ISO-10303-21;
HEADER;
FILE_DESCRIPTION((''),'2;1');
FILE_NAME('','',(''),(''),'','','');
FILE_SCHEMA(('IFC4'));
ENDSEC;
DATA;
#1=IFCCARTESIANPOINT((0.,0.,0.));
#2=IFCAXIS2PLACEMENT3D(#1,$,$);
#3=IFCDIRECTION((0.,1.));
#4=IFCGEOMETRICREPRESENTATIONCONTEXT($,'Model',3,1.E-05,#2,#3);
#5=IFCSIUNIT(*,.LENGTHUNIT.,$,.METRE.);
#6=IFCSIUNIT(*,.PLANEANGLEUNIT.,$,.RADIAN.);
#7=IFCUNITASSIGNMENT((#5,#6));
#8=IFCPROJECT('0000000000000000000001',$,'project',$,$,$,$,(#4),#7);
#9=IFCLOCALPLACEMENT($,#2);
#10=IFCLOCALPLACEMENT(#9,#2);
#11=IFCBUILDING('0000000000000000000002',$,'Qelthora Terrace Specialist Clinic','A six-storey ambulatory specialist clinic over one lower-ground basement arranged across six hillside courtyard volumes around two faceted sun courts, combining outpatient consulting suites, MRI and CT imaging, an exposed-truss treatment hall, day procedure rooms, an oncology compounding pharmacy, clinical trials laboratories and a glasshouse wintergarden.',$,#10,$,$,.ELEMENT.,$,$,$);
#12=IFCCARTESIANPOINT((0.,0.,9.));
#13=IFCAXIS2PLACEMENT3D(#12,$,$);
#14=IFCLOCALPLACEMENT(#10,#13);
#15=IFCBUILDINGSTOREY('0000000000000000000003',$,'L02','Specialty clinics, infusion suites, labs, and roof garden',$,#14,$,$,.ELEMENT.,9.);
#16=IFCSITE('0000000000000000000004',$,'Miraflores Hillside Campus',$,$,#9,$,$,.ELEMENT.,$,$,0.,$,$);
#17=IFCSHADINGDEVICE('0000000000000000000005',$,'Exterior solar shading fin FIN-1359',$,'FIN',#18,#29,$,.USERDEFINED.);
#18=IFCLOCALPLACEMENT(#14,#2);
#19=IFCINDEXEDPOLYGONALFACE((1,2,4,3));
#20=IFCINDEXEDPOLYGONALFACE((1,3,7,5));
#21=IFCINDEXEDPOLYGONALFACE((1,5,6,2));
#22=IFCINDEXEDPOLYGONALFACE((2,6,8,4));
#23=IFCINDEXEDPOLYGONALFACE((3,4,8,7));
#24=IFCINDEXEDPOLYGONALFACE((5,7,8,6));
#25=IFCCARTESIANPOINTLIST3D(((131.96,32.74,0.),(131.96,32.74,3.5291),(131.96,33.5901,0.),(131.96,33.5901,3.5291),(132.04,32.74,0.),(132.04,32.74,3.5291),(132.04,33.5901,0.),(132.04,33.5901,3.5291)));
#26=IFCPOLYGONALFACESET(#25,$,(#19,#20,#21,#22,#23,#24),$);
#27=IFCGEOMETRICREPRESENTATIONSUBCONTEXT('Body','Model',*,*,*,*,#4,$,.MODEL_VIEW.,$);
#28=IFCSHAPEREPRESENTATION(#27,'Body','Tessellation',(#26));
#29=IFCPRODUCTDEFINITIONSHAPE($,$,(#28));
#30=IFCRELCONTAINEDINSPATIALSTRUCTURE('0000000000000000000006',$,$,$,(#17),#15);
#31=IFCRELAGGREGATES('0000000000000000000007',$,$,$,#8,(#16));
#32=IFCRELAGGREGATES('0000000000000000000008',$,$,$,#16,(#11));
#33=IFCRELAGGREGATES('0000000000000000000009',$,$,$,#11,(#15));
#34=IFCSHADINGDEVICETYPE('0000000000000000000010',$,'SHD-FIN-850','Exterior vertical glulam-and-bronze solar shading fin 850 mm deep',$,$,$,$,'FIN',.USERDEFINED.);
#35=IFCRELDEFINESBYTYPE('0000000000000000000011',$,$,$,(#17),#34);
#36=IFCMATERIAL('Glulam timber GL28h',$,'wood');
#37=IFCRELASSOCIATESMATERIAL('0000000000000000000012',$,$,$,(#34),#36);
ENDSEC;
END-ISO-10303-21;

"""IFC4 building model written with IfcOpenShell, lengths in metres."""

from ifc_helpers import new_model, si_unit, direction, frame, origin, origin_2d, place, context, subcontext, project, spatial, rectangle, extrude, material, type_object, element, save


model = new_model("IFC4")

# Units and contexts
model_context = context("Model", 3, precision=1e-05, world=origin(), true_north=direction((0.0, 1.0)))
body_context = subcontext(model_context, "Body", "Model", "MODEL_VIEW")
ifc_project = project(units=[si_unit("LENGTHUNIT", "METRE"), si_unit("PLANEANGLEUNIT", "RADIAN")], contexts=[model_context])

# Site, building, storey
site_placement = place(None, origin())
site = spatial("IfcSite", under=ifc_project, at=site_placement, Name="Miraflores Hillside Campus", CompositionType="ELEMENT", RefElevation=0.0)
building_placement = place(site_placement, origin())
building = spatial("IfcBuilding", under=site, at=building_placement, Name="Qelthora Terrace Specialist Clinic", Description="A six-storey ambulatory specialist clinic over one lower-ground basement arranged across six hillside courtyard volumes around two faceted sun courts, combining outpatient consulting suites, MRI and CT imaging, an exposed-truss treatment hall, day procedure rooms, an oncology compounding pharmacy, clinical trials laboratories and a glasshouse wintergarden.", CompositionType="ELEMENT")
storey_placement = place(building_placement, frame((0.0, 0.0, 9.0)))
storey = spatial("IfcBuildingStorey", under=building, at=storey_placement, Name="L02", Description="Specialty clinics, infusion suites, labs, and roof garden", CompositionType="ELEMENT", Elevation=9.0)

# Shading device
ifc_material_1 = material(Name="Glulam timber GL28h", Category="wood")
shading_device_type = type_object("IfcShadingDeviceType", Name="SHD-FIN-850", Description="Exterior vertical glulam-and-bronze solar shading fin 850 mm deep", ElementType="FIN", PredefinedType="USERDEFINED", material=ifc_material_1)
for number, where, z_axis, x_axis, name in (
    (1, (132.0, 33.165, 0.0), (0.0, 0.0, 1.0), (0.0, -1.0, 0.0), "Exterior solar shading fin FIN-1359"),
):
    element("IfcShadingDevice", number, at=place(storey_placement, frame(where, z_axis=z_axis, x_axis=x_axis)), inside=storey, type_object=shading_device_type, Name=name, ObjectType="FIN", PredefinedType="USERDEFINED", context=body_context, shape_type="SweptSolid", body=[
        extrude(rectangle(XDim=0.8501, YDim=0.0801, at=origin_2d()), origin(), (0.0, 0.0, 1.0), 3.5291),
    ])

save(model, "model.ifc")
